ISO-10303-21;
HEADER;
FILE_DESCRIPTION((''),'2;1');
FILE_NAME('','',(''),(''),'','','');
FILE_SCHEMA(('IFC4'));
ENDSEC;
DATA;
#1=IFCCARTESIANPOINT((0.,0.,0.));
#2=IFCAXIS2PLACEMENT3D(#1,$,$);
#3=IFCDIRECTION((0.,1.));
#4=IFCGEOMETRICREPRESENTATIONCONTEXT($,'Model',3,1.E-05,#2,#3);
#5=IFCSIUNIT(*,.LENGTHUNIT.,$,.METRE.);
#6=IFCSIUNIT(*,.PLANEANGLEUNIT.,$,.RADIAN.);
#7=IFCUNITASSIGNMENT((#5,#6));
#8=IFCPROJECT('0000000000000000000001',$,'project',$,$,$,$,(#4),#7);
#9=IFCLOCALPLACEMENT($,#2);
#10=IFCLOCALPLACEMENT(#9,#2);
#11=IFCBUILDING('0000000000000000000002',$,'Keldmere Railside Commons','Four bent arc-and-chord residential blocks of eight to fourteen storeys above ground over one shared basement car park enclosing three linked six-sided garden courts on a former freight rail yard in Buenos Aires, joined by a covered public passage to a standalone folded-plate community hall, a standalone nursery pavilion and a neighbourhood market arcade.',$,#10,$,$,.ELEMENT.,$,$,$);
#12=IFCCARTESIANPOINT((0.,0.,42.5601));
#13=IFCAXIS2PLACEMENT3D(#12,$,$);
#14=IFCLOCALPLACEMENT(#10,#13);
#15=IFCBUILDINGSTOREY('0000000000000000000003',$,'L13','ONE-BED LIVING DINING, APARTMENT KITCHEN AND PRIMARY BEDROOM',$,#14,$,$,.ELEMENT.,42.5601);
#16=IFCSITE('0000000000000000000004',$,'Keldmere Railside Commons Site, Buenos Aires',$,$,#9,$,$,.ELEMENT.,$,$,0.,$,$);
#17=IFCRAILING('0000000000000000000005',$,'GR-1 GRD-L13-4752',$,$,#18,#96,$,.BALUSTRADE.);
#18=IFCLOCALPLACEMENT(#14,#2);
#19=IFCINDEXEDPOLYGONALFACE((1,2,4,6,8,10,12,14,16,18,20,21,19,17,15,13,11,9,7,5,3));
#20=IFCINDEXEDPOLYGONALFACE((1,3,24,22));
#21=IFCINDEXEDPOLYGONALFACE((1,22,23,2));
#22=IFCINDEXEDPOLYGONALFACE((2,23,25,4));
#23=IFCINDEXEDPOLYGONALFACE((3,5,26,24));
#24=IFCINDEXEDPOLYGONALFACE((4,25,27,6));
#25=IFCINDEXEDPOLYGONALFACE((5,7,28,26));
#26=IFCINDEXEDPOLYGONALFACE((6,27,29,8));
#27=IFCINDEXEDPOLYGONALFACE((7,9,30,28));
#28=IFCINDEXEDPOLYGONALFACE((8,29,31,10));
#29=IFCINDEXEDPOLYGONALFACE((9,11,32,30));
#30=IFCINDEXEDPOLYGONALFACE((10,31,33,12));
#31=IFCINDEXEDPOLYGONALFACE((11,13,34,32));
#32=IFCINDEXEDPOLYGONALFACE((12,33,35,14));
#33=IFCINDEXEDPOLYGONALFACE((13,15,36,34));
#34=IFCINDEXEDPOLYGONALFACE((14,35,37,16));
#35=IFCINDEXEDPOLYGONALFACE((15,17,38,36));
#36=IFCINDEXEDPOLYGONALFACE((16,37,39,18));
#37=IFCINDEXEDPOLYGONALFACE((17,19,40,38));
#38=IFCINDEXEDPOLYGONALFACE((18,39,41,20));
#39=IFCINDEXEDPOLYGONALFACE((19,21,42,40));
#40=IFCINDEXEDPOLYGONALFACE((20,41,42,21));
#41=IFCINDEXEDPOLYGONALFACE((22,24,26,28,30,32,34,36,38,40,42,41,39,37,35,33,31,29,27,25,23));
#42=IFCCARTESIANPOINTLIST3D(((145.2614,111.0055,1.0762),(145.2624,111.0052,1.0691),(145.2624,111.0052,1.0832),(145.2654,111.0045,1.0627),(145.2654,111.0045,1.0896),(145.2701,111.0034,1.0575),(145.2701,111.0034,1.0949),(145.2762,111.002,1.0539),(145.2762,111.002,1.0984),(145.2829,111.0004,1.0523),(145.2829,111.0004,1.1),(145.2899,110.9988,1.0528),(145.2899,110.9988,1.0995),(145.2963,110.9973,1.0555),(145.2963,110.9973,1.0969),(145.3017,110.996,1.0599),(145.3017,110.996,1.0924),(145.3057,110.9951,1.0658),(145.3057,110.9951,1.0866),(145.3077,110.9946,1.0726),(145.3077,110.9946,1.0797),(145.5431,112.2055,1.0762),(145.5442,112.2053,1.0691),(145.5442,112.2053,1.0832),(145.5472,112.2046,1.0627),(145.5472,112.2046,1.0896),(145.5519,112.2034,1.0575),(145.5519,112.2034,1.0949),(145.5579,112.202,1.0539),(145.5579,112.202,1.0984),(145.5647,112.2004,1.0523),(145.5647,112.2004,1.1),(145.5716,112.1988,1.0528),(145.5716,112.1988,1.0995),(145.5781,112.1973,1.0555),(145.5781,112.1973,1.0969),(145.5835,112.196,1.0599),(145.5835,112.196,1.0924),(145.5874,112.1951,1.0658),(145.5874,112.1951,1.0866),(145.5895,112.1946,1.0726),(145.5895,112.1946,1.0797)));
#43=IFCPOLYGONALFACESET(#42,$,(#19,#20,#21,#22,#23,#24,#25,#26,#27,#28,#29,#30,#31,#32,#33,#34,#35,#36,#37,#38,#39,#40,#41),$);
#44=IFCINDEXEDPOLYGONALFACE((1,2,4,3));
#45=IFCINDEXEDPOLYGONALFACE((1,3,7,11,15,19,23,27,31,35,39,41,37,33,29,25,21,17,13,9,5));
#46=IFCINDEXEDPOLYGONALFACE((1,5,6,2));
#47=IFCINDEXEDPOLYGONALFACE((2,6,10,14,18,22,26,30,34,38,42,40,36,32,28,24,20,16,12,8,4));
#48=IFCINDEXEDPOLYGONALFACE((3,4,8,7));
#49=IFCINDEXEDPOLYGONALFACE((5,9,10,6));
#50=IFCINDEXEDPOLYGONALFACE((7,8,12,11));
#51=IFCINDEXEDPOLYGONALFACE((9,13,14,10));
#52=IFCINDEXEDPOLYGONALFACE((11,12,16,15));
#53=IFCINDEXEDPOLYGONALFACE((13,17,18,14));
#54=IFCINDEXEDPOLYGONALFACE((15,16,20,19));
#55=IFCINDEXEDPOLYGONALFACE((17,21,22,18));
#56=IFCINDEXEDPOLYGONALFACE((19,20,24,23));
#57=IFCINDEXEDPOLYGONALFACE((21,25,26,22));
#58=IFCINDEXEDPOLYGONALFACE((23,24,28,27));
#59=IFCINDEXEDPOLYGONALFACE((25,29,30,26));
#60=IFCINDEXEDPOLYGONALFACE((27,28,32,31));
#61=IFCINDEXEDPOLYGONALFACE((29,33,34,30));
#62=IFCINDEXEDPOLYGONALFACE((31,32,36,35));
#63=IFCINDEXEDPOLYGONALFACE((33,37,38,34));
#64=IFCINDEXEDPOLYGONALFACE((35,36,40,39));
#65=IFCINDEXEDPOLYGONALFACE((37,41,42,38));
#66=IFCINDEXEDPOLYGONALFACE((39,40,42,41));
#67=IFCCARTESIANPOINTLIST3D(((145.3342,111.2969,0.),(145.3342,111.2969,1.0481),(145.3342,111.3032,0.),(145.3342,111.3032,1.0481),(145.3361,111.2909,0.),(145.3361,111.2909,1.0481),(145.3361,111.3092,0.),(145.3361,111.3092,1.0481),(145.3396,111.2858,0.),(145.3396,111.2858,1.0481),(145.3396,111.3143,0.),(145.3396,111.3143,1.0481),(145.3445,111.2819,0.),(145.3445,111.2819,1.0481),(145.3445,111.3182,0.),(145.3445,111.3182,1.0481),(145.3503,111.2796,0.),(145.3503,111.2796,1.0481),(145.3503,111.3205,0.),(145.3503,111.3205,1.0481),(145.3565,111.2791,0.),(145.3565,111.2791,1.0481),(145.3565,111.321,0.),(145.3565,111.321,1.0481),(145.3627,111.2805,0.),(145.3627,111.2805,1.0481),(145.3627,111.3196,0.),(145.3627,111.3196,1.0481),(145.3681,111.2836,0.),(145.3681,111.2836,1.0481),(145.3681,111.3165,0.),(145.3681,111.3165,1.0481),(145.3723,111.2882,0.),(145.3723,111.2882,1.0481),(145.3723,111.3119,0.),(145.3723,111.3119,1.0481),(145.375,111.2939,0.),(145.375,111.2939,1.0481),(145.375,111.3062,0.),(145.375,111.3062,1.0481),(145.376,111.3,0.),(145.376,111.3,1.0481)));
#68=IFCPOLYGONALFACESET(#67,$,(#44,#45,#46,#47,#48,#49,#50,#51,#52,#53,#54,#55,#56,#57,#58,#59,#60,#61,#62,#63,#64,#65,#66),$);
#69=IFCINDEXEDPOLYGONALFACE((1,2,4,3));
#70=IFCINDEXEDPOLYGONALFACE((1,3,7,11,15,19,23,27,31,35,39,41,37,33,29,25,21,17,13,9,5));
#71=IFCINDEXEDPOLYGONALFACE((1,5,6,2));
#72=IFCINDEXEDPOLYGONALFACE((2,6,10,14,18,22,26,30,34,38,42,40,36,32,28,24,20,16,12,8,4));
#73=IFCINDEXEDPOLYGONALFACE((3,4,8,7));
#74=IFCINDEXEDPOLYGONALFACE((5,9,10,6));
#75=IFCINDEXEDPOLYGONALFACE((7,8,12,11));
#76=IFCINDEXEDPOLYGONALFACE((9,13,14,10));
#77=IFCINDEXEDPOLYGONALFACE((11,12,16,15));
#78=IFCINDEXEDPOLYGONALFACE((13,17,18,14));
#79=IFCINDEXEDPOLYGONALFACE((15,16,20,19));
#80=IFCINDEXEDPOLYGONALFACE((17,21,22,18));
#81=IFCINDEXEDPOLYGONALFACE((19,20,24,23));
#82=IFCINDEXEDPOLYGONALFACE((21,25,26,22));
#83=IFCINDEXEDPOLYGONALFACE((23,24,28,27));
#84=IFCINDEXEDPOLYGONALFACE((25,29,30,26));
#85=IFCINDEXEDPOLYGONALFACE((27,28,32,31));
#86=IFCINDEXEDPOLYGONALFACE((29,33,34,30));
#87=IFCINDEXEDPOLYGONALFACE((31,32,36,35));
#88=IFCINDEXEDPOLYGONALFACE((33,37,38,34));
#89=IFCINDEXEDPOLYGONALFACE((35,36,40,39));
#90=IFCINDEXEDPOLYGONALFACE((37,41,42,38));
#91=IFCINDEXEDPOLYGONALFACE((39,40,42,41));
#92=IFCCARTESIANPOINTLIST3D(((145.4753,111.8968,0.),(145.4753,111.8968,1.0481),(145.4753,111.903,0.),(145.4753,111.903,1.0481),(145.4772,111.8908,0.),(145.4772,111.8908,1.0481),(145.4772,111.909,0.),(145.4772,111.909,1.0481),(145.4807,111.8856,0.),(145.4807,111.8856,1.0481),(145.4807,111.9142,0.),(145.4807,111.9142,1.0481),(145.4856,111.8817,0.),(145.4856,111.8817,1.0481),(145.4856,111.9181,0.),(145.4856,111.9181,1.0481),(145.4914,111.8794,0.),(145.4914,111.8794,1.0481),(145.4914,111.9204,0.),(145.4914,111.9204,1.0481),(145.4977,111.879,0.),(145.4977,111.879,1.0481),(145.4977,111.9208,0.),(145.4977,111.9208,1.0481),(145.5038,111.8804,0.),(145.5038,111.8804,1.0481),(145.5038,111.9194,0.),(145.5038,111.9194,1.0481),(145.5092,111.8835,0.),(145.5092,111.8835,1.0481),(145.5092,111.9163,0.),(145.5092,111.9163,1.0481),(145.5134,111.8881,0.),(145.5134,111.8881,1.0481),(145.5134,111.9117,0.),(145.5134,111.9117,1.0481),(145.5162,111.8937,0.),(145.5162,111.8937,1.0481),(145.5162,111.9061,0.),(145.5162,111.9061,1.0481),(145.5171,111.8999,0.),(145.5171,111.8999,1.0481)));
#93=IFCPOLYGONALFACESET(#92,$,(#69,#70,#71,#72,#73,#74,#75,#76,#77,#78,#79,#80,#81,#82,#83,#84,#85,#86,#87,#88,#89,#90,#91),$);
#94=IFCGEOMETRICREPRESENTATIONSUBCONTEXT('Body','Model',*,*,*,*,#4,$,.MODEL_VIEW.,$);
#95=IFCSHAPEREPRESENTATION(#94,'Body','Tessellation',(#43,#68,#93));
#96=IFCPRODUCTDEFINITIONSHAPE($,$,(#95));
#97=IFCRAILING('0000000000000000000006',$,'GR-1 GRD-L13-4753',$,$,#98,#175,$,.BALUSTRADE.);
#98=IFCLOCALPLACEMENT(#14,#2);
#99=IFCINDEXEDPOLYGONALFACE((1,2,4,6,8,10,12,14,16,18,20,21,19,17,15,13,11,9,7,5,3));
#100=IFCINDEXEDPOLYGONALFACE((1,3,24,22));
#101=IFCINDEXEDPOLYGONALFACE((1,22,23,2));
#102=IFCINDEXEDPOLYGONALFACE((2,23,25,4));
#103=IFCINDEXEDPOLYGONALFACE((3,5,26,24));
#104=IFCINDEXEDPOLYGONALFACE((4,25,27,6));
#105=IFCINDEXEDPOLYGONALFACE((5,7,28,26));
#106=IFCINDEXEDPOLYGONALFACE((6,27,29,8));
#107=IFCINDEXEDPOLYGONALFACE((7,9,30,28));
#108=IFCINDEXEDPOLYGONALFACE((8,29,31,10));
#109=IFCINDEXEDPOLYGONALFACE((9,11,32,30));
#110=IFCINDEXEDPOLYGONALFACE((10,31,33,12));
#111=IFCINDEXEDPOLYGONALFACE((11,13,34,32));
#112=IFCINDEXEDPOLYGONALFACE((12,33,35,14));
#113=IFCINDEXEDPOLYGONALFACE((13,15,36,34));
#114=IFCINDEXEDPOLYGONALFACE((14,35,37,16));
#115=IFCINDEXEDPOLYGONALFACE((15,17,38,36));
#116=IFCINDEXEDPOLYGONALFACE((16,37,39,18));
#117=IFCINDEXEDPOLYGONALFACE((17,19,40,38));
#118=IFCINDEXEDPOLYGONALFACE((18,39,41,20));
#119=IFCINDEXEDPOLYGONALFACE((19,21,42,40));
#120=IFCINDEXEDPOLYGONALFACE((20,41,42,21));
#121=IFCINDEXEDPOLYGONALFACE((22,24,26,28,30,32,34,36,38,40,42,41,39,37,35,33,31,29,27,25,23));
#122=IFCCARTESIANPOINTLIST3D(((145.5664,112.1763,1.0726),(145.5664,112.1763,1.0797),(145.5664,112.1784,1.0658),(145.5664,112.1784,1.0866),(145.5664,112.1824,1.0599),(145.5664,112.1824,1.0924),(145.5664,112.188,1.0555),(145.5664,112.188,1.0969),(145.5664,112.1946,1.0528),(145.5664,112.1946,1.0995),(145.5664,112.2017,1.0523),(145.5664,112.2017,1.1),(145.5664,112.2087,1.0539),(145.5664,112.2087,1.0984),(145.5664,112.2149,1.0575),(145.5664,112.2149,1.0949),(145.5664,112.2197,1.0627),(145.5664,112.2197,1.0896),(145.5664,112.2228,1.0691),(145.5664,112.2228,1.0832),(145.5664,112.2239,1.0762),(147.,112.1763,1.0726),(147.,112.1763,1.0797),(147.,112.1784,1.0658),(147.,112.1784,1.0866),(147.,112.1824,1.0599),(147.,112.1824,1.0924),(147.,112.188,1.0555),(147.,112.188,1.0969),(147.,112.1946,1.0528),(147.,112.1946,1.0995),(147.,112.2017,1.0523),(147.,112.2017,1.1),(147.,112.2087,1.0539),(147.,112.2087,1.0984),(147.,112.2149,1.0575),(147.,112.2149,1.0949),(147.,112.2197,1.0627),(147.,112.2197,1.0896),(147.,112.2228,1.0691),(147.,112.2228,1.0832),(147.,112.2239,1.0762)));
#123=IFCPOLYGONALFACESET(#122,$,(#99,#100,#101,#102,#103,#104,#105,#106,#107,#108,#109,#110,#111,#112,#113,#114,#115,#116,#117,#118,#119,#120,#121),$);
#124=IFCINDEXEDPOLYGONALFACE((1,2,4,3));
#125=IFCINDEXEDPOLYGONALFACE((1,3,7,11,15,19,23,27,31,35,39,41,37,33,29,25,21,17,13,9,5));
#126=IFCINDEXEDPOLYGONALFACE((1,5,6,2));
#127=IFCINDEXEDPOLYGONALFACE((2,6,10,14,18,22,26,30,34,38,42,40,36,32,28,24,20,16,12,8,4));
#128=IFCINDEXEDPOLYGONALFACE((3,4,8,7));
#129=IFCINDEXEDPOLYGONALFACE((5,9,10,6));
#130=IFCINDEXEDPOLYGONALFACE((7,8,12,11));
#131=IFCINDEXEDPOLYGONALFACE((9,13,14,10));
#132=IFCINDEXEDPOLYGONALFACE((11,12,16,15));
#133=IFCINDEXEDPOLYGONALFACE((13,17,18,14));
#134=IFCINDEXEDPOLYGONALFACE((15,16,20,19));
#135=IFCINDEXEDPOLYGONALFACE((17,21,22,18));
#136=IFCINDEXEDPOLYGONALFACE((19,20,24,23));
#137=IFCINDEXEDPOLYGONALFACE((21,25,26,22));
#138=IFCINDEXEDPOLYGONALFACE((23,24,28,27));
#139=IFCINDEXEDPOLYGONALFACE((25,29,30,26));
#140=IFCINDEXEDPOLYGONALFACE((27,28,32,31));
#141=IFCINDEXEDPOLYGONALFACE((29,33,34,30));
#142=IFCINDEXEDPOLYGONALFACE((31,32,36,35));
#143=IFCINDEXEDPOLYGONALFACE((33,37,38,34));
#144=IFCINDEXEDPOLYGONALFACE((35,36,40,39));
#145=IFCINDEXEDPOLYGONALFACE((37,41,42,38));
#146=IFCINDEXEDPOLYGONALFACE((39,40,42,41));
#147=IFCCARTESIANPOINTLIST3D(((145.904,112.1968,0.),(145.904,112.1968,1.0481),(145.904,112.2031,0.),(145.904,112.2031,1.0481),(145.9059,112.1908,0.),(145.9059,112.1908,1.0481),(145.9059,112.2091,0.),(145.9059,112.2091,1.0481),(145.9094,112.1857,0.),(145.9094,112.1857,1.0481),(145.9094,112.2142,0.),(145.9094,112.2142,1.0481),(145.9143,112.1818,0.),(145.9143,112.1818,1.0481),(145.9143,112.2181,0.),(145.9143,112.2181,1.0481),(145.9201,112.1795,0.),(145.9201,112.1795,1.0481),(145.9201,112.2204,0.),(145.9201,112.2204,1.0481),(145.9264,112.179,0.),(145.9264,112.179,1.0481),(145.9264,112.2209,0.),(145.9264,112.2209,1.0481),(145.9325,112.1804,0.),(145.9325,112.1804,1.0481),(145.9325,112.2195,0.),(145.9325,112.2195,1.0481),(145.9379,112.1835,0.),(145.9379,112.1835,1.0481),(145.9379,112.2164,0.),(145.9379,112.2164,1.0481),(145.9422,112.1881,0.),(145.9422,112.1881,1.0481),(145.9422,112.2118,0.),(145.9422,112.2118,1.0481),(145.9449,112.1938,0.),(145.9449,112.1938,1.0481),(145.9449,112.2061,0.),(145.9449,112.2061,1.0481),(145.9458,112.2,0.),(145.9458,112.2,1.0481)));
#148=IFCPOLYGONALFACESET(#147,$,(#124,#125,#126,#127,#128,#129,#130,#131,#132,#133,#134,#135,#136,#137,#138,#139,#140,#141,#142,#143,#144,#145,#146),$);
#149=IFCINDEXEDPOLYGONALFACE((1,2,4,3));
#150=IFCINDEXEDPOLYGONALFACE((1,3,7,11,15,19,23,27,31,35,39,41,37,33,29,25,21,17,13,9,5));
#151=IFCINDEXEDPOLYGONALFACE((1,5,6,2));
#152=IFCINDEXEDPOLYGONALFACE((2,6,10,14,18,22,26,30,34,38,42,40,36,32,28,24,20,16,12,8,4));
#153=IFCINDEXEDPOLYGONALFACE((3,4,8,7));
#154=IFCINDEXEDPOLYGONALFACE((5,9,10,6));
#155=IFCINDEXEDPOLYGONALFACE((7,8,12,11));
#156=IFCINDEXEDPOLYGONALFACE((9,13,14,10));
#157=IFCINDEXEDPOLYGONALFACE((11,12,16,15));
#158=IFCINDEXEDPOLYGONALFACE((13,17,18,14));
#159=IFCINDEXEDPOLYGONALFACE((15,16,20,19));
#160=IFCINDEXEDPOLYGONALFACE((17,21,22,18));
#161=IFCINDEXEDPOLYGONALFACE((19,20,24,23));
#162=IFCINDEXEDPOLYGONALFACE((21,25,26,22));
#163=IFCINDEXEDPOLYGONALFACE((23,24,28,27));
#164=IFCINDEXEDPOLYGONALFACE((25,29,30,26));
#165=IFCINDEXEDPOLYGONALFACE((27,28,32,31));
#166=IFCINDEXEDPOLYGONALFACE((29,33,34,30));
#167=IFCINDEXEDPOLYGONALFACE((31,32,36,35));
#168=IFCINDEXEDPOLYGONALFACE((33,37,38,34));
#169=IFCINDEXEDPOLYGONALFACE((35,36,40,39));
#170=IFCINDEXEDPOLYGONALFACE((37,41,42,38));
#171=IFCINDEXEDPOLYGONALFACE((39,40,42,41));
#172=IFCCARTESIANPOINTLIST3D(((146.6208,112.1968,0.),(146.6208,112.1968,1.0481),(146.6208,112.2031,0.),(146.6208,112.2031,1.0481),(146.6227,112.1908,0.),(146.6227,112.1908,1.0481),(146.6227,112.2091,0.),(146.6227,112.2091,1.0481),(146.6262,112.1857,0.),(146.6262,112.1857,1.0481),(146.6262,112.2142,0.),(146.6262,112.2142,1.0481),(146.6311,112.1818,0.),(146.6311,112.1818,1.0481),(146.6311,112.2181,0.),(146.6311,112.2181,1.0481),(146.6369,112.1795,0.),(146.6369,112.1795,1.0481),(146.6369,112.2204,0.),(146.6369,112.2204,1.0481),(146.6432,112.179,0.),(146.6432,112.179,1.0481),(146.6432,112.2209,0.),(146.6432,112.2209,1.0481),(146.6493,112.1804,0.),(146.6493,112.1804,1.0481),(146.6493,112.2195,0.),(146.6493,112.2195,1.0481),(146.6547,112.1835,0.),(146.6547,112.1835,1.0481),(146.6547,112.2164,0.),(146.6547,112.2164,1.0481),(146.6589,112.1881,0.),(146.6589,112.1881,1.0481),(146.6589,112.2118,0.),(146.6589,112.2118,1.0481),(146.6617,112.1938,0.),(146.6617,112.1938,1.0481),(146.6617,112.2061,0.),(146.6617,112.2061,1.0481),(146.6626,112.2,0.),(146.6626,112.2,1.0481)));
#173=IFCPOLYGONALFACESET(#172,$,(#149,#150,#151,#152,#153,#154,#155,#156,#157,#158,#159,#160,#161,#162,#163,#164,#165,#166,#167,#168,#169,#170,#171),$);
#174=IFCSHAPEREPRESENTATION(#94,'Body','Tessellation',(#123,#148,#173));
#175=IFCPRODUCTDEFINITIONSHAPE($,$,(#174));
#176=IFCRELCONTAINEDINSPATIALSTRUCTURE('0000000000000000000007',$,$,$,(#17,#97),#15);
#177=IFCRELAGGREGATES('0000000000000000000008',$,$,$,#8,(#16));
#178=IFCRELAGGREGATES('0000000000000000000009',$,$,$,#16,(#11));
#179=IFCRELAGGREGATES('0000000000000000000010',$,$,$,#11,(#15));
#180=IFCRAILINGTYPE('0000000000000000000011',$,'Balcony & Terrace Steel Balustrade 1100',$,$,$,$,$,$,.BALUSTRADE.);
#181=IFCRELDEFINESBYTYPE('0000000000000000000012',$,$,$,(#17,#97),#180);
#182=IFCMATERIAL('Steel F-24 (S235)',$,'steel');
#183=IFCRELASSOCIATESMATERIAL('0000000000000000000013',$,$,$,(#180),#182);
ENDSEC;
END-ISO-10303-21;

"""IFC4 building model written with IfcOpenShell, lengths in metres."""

from ifc_helpers import new_model, si_unit, direction, frame, origin, origin_2d, place, context, subcontext, project, spatial, circle, extrude, material, type_object, element, save


model = new_model("IFC4")

# Units and contexts
model_context = context("Model", 3, precision=1e-05, world=origin(), true_north=direction((0.0, 1.0)))
body_context = subcontext(model_context, "Body", "Model", "MODEL_VIEW")
ifc_project = project(units=[si_unit("LENGTHUNIT", "METRE"), si_unit("PLANEANGLEUNIT", "RADIAN")], contexts=[model_context])

# Site, building, storey
site_placement = place(None, origin())
site = spatial("IfcSite", under=ifc_project, at=site_placement, Name="Keldmere Railside Commons Site, Buenos Aires", CompositionType="ELEMENT", RefElevation=0.0)
building_placement = place(site_placement, origin())
building = spatial("IfcBuilding", under=site, at=building_placement, Name="Keldmere Railside Commons", Description="Four bent arc-and-chord residential blocks of eight to fourteen storeys above ground over one shared basement car park enclosing three linked six-sided garden courts on a former freight rail yard in Buenos Aires, joined by a covered public passage to a standalone folded-plate community hall, a standalone nursery pavilion and a neighbourhood market arcade.", CompositionType="ELEMENT")
storey_placement = place(building_placement, frame((0.0, 0.0, 42.5601)))
storey = spatial("IfcBuildingStorey", under=building, at=storey_placement, Name="L13", Description="ONE-BED LIVING DINING, APARTMENT KITCHEN AND PRIMARY BEDROOM", CompositionType="ELEMENT", Elevation=42.5601)

# Railings
ifc_material_1 = material(Name="Steel F-24 (S235)", Category="steel")
railing_type = type_object("IfcRailingType", Name="Balcony & Terrace Steel Balustrade 1100", PredefinedType="BALUSTRADE", material=ifc_material_1)
railing_1_placement = place(storey_placement, frame((145.2847, 111.0, 0.0)))
element("IfcRailing", 1, at=railing_1_placement, inside=storey, type_object=railing_type, Name="GR-1 GRD-L13-4752", PredefinedType="BALUSTRADE", context=body_context, shape_type="SweptSolid", body=[
    extrude(circle(Radius=0.0239, at=origin_2d()), frame((0.0, 0.0, 1.0762), z_axis=(0.228576, 0.973526, 0.0), x_axis=(-0.973526, 0.228576, 0.0)), (0.0, 0.0, 1.0), 1.2327),
    extrude(circle(Radius=0.021, at=origin_2d()), frame((0.0703, 0.3, 0.0)), (0.0, 0.0, 1.0), 1.0481),
    extrude(circle(Radius=0.021, at=origin_2d()), frame((0.2114, 0.8999, 0.0)), (0.0, 0.0, 1.0), 1.0481),
])
railing_2_placement = place(storey_placement, frame((145.5664, 112.2, 0.0)))
element("IfcRailing", 2, at=railing_2_placement, inside=storey, type_object=railing_type, Name="GR-1 GRD-L13-4753", PredefinedType="BALUSTRADE", context=body_context, shape_type="SweptSolid", body=[
    extrude(circle(Radius=0.0239, at=origin_2d()), frame((0.0, 0.0, 1.0762), z_axis=(1.0, 0.0, 0.0), x_axis=(0.0, 1.0, 0.0)), (0.0, 0.0, 1.0), 1.4336),
    extrude(circle(Radius=0.021, at=origin_2d()), frame((0.3584, 0.0, 0.0)), (0.0, 0.0, 1.0), 1.0481),
    extrude(circle(Radius=0.021, at=origin_2d()), frame((1.0752, 0.0, 0.0)), (0.0, 0.0, 1.0), 1.0481),
])

save(model, "model.ifc")
